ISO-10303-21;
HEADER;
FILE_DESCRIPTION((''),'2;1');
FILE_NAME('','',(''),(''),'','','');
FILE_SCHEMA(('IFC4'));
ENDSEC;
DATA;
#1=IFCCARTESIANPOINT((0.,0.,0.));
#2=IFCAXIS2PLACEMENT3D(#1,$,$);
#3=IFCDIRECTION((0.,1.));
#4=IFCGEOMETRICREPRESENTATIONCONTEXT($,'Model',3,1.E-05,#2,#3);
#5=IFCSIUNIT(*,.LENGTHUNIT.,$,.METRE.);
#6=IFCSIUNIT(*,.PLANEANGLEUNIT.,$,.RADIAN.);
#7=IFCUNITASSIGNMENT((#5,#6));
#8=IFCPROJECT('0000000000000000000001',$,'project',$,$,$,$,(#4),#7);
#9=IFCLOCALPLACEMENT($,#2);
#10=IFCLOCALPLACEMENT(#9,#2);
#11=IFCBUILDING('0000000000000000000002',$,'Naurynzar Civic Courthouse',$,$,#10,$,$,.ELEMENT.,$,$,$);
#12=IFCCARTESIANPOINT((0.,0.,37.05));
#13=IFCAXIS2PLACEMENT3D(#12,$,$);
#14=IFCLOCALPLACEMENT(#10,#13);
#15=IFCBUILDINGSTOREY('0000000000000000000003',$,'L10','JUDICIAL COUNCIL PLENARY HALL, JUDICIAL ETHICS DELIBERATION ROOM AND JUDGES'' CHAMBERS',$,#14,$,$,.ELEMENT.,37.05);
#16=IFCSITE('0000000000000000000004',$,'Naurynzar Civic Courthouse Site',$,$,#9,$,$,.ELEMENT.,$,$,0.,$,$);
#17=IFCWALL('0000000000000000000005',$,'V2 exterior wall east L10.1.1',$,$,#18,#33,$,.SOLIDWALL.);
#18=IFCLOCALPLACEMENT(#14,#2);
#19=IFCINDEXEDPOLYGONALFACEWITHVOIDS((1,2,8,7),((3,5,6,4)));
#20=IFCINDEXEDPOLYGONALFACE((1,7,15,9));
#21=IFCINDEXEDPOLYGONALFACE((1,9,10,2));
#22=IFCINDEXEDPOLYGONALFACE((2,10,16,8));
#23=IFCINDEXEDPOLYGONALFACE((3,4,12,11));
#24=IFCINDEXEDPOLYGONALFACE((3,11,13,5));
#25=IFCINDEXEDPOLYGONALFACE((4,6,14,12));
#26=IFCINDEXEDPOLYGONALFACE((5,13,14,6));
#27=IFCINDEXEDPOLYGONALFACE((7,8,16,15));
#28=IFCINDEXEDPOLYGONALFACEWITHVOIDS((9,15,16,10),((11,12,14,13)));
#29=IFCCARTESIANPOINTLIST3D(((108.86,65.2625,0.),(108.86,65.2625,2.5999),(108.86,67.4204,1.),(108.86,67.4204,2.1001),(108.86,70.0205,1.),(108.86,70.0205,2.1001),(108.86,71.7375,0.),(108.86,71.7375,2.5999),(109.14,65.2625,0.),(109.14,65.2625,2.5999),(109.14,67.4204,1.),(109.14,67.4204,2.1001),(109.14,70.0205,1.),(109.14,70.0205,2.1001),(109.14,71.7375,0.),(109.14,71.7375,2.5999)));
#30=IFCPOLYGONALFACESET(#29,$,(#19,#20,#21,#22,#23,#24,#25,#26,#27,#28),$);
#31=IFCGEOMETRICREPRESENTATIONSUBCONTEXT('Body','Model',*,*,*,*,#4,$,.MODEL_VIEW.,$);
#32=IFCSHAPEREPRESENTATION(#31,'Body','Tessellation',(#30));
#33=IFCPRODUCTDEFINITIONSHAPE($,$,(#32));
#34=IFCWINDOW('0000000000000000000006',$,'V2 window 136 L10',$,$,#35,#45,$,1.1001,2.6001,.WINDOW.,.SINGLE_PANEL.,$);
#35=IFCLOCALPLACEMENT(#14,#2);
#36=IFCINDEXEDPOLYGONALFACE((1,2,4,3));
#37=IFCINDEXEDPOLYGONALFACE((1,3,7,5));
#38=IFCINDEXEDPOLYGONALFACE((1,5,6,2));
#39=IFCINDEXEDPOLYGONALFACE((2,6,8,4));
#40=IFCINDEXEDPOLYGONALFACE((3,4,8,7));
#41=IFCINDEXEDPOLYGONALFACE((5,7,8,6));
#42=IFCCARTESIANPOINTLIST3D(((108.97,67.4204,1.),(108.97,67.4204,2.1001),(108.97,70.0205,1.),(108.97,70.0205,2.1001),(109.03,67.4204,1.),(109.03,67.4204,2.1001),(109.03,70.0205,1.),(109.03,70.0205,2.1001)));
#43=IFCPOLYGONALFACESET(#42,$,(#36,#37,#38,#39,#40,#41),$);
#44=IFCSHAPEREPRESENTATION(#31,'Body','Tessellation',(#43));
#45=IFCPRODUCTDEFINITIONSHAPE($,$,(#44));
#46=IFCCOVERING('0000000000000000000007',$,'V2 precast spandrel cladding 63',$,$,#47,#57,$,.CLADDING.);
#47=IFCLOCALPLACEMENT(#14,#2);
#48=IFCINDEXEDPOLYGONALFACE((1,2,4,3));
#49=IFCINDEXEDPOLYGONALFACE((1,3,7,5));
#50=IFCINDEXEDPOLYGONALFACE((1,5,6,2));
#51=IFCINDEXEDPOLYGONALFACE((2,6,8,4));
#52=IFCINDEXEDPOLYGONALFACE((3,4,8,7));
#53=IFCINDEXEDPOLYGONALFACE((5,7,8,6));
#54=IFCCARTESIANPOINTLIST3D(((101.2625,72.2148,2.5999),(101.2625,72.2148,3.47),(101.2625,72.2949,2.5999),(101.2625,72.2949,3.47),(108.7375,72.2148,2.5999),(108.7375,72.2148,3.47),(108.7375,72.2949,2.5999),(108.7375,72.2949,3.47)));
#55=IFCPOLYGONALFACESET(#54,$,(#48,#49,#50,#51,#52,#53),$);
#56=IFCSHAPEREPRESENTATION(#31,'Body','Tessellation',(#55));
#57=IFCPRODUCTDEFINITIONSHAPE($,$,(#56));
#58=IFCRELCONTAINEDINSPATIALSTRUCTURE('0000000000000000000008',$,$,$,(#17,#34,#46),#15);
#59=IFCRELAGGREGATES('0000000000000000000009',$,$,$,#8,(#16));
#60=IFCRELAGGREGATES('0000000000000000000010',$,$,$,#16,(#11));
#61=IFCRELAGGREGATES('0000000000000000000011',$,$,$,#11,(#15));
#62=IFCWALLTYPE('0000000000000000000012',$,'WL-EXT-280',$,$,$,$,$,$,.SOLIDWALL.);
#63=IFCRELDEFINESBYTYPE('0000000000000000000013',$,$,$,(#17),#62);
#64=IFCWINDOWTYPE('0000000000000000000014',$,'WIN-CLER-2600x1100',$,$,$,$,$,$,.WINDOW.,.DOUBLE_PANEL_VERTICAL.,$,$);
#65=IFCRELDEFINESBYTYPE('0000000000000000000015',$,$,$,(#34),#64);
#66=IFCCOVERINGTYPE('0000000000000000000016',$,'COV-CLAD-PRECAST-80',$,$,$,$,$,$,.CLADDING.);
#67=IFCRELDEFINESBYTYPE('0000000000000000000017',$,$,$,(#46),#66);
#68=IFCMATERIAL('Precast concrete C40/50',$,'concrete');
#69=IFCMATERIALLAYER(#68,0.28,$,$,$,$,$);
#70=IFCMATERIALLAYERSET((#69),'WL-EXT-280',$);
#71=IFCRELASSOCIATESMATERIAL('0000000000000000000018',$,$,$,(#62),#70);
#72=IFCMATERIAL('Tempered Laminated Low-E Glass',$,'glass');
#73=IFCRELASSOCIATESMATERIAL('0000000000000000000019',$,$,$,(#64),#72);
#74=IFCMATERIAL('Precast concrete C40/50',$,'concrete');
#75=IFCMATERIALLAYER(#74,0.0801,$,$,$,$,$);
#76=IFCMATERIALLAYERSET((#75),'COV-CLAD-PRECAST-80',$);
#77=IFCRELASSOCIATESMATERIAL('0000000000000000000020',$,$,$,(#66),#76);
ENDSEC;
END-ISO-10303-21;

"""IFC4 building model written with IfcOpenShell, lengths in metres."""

from ifc_helpers import new_model, si_unit, direction, frame, frame_2d, origin, origin_2d, place, context, subcontext, project, spatial, rectangle, extrude, material, layer, layer_set, type_object, element, fill, save


model = new_model("IFC4")

# Units and contexts
model_context = context("Model", 3, precision=1e-05, world=origin(), true_north=direction((0.0, 1.0)))
body_context = subcontext(model_context, "Body", "Model", "MODEL_VIEW")
ifc_project = project(units=[si_unit("LENGTHUNIT", "METRE"), si_unit("PLANEANGLEUNIT", "RADIAN")], contexts=[model_context])

# Site, building, storey
site_placement = place(None, origin())
site = spatial("IfcSite", under=ifc_project, at=site_placement, Name="Naurynzar Civic Courthouse Site", CompositionType="ELEMENT", RefElevation=0.0)
building_placement = place(site_placement, origin())
building = spatial("IfcBuilding", under=site, at=building_placement, Name="Naurynzar Civic Courthouse", CompositionType="ELEMENT")
storey_placement = place(building_placement, frame((0.0, 0.0, 37.05)))
storey = spatial("IfcBuildingStorey", under=building, at=storey_placement, Name="L10", Description="JUDICIAL COUNCIL PLENARY HALL, JUDICIAL ETHICS DELIBERATION ROOM AND JUDGES' CHAMBERS", CompositionType="ELEMENT", Elevation=37.05)

# Wall, opening, window
ifc_material_1 = material(Name="Precast concrete C40/50", Category="concrete")
ifc_layer_1 = layer(ifc_material_1, 0.28)
ifc_layer_set_1 = layer_set([ifc_layer_1], Name="WL-EXT-280")
wall_type = type_object("IfcWallType", Name="WL-EXT-280", PredefinedType="SOLIDWALL", material=ifc_layer_set_1)
wall_placement = place(storey_placement, frame((109.0, 71.7375, 0.0), z_axis=(0.0, 0.0, 1.0), x_axis=(0.0, -1.0, 0.0)))
wall = element("IfcWall", 1, at=wall_placement, inside=storey, type_object=wall_type, Name="V2 exterior wall east L10.1.1", PredefinedType="SOLIDWALL", context=body_context, shape_type="SweptSolid", body=[
    extrude(rectangle(XDim=6.4751, YDim=0.28, at=frame_2d((3.2375, 0.0))), origin(), (0.0, 0.0, 1.0), 2.5999),
])
opening_placement = place(wall_placement, frame((1.717, 0.0, 1.0)))
opening = element("IfcOpeningElement", 2, at=opening_placement, cuts=wall, PredefinedType="OPENING", context=body_context, shape_type="SweptSolid", body=[
    extrude(rectangle(XDim=2.6001, YDim=1.1001, at=frame_2d((1.3, 0.55))), frame((0.0, 0.1499, 0.0), z_axis=(0.0, -1.0, 0.0), x_axis=(1.0, 0.0, 0.0)), (0.0, 0.0, 1.0), 0.3),
])
ifc_material_2 = material(Name="Tempered Laminated Low-E Glass", Category="glass")
window_type = type_object("IfcWindowType", Name="WIN-CLER-2600x1100", PartitioningType="DOUBLE_PANEL_VERTICAL", PredefinedType="WINDOW", material=ifc_material_2)
window_placement = place(opening_placement, origin())
window = element("IfcWindow", 3, at=window_placement, inside=storey, type_object=window_type, Name="V2 window 136 L10", OverallHeight=1.1001, OverallWidth=2.6001, PartitioningType="SINGLE_PANEL", PredefinedType="WINDOW", context=body_context, shape_type="SweptSolid", body=[
    extrude(rectangle(XDim=2.6001, YDim=1.1001, at=frame_2d((1.3, 0.55))), frame((0.0, 0.03, 0.0), z_axis=(0.0, -1.0, 0.0), x_axis=(1.0, 0.0, 0.0)), (0.0, 0.0, 1.0), 0.0601),
])
fill(opening, window)

# Covering
ifc_material_3 = material(Name="Precast concrete C40/50", Category="concrete")
ifc_layer_2 = layer(ifc_material_3, 0.0801)
ifc_layer_set_2 = layer_set([ifc_layer_2], Name="COV-CLAD-PRECAST-80")
covering_type = type_object("IfcCoveringType", Name="COV-CLAD-PRECAST-80", PredefinedType="CLADDING", material=ifc_layer_set_2)
covering_placement = place(storey_placement, frame((105.0, 72.2549, 2.5999), z_axis=(0.0, 0.0, 1.0), x_axis=(1.0, 0.0, 0.0)))
element("IfcCovering", 4, at=covering_placement, inside=storey, type_object=covering_type, Name="V2 precast spandrel cladding 63", PredefinedType="CLADDING", context=body_context, shape_type="SweptSolid", body=[
    extrude(rectangle(XDim=7.4751, YDim=0.0801, at=origin_2d()), origin(), (0.0, 0.0, 1.0), 0.8701),
])

save(model, "model.ifc")
